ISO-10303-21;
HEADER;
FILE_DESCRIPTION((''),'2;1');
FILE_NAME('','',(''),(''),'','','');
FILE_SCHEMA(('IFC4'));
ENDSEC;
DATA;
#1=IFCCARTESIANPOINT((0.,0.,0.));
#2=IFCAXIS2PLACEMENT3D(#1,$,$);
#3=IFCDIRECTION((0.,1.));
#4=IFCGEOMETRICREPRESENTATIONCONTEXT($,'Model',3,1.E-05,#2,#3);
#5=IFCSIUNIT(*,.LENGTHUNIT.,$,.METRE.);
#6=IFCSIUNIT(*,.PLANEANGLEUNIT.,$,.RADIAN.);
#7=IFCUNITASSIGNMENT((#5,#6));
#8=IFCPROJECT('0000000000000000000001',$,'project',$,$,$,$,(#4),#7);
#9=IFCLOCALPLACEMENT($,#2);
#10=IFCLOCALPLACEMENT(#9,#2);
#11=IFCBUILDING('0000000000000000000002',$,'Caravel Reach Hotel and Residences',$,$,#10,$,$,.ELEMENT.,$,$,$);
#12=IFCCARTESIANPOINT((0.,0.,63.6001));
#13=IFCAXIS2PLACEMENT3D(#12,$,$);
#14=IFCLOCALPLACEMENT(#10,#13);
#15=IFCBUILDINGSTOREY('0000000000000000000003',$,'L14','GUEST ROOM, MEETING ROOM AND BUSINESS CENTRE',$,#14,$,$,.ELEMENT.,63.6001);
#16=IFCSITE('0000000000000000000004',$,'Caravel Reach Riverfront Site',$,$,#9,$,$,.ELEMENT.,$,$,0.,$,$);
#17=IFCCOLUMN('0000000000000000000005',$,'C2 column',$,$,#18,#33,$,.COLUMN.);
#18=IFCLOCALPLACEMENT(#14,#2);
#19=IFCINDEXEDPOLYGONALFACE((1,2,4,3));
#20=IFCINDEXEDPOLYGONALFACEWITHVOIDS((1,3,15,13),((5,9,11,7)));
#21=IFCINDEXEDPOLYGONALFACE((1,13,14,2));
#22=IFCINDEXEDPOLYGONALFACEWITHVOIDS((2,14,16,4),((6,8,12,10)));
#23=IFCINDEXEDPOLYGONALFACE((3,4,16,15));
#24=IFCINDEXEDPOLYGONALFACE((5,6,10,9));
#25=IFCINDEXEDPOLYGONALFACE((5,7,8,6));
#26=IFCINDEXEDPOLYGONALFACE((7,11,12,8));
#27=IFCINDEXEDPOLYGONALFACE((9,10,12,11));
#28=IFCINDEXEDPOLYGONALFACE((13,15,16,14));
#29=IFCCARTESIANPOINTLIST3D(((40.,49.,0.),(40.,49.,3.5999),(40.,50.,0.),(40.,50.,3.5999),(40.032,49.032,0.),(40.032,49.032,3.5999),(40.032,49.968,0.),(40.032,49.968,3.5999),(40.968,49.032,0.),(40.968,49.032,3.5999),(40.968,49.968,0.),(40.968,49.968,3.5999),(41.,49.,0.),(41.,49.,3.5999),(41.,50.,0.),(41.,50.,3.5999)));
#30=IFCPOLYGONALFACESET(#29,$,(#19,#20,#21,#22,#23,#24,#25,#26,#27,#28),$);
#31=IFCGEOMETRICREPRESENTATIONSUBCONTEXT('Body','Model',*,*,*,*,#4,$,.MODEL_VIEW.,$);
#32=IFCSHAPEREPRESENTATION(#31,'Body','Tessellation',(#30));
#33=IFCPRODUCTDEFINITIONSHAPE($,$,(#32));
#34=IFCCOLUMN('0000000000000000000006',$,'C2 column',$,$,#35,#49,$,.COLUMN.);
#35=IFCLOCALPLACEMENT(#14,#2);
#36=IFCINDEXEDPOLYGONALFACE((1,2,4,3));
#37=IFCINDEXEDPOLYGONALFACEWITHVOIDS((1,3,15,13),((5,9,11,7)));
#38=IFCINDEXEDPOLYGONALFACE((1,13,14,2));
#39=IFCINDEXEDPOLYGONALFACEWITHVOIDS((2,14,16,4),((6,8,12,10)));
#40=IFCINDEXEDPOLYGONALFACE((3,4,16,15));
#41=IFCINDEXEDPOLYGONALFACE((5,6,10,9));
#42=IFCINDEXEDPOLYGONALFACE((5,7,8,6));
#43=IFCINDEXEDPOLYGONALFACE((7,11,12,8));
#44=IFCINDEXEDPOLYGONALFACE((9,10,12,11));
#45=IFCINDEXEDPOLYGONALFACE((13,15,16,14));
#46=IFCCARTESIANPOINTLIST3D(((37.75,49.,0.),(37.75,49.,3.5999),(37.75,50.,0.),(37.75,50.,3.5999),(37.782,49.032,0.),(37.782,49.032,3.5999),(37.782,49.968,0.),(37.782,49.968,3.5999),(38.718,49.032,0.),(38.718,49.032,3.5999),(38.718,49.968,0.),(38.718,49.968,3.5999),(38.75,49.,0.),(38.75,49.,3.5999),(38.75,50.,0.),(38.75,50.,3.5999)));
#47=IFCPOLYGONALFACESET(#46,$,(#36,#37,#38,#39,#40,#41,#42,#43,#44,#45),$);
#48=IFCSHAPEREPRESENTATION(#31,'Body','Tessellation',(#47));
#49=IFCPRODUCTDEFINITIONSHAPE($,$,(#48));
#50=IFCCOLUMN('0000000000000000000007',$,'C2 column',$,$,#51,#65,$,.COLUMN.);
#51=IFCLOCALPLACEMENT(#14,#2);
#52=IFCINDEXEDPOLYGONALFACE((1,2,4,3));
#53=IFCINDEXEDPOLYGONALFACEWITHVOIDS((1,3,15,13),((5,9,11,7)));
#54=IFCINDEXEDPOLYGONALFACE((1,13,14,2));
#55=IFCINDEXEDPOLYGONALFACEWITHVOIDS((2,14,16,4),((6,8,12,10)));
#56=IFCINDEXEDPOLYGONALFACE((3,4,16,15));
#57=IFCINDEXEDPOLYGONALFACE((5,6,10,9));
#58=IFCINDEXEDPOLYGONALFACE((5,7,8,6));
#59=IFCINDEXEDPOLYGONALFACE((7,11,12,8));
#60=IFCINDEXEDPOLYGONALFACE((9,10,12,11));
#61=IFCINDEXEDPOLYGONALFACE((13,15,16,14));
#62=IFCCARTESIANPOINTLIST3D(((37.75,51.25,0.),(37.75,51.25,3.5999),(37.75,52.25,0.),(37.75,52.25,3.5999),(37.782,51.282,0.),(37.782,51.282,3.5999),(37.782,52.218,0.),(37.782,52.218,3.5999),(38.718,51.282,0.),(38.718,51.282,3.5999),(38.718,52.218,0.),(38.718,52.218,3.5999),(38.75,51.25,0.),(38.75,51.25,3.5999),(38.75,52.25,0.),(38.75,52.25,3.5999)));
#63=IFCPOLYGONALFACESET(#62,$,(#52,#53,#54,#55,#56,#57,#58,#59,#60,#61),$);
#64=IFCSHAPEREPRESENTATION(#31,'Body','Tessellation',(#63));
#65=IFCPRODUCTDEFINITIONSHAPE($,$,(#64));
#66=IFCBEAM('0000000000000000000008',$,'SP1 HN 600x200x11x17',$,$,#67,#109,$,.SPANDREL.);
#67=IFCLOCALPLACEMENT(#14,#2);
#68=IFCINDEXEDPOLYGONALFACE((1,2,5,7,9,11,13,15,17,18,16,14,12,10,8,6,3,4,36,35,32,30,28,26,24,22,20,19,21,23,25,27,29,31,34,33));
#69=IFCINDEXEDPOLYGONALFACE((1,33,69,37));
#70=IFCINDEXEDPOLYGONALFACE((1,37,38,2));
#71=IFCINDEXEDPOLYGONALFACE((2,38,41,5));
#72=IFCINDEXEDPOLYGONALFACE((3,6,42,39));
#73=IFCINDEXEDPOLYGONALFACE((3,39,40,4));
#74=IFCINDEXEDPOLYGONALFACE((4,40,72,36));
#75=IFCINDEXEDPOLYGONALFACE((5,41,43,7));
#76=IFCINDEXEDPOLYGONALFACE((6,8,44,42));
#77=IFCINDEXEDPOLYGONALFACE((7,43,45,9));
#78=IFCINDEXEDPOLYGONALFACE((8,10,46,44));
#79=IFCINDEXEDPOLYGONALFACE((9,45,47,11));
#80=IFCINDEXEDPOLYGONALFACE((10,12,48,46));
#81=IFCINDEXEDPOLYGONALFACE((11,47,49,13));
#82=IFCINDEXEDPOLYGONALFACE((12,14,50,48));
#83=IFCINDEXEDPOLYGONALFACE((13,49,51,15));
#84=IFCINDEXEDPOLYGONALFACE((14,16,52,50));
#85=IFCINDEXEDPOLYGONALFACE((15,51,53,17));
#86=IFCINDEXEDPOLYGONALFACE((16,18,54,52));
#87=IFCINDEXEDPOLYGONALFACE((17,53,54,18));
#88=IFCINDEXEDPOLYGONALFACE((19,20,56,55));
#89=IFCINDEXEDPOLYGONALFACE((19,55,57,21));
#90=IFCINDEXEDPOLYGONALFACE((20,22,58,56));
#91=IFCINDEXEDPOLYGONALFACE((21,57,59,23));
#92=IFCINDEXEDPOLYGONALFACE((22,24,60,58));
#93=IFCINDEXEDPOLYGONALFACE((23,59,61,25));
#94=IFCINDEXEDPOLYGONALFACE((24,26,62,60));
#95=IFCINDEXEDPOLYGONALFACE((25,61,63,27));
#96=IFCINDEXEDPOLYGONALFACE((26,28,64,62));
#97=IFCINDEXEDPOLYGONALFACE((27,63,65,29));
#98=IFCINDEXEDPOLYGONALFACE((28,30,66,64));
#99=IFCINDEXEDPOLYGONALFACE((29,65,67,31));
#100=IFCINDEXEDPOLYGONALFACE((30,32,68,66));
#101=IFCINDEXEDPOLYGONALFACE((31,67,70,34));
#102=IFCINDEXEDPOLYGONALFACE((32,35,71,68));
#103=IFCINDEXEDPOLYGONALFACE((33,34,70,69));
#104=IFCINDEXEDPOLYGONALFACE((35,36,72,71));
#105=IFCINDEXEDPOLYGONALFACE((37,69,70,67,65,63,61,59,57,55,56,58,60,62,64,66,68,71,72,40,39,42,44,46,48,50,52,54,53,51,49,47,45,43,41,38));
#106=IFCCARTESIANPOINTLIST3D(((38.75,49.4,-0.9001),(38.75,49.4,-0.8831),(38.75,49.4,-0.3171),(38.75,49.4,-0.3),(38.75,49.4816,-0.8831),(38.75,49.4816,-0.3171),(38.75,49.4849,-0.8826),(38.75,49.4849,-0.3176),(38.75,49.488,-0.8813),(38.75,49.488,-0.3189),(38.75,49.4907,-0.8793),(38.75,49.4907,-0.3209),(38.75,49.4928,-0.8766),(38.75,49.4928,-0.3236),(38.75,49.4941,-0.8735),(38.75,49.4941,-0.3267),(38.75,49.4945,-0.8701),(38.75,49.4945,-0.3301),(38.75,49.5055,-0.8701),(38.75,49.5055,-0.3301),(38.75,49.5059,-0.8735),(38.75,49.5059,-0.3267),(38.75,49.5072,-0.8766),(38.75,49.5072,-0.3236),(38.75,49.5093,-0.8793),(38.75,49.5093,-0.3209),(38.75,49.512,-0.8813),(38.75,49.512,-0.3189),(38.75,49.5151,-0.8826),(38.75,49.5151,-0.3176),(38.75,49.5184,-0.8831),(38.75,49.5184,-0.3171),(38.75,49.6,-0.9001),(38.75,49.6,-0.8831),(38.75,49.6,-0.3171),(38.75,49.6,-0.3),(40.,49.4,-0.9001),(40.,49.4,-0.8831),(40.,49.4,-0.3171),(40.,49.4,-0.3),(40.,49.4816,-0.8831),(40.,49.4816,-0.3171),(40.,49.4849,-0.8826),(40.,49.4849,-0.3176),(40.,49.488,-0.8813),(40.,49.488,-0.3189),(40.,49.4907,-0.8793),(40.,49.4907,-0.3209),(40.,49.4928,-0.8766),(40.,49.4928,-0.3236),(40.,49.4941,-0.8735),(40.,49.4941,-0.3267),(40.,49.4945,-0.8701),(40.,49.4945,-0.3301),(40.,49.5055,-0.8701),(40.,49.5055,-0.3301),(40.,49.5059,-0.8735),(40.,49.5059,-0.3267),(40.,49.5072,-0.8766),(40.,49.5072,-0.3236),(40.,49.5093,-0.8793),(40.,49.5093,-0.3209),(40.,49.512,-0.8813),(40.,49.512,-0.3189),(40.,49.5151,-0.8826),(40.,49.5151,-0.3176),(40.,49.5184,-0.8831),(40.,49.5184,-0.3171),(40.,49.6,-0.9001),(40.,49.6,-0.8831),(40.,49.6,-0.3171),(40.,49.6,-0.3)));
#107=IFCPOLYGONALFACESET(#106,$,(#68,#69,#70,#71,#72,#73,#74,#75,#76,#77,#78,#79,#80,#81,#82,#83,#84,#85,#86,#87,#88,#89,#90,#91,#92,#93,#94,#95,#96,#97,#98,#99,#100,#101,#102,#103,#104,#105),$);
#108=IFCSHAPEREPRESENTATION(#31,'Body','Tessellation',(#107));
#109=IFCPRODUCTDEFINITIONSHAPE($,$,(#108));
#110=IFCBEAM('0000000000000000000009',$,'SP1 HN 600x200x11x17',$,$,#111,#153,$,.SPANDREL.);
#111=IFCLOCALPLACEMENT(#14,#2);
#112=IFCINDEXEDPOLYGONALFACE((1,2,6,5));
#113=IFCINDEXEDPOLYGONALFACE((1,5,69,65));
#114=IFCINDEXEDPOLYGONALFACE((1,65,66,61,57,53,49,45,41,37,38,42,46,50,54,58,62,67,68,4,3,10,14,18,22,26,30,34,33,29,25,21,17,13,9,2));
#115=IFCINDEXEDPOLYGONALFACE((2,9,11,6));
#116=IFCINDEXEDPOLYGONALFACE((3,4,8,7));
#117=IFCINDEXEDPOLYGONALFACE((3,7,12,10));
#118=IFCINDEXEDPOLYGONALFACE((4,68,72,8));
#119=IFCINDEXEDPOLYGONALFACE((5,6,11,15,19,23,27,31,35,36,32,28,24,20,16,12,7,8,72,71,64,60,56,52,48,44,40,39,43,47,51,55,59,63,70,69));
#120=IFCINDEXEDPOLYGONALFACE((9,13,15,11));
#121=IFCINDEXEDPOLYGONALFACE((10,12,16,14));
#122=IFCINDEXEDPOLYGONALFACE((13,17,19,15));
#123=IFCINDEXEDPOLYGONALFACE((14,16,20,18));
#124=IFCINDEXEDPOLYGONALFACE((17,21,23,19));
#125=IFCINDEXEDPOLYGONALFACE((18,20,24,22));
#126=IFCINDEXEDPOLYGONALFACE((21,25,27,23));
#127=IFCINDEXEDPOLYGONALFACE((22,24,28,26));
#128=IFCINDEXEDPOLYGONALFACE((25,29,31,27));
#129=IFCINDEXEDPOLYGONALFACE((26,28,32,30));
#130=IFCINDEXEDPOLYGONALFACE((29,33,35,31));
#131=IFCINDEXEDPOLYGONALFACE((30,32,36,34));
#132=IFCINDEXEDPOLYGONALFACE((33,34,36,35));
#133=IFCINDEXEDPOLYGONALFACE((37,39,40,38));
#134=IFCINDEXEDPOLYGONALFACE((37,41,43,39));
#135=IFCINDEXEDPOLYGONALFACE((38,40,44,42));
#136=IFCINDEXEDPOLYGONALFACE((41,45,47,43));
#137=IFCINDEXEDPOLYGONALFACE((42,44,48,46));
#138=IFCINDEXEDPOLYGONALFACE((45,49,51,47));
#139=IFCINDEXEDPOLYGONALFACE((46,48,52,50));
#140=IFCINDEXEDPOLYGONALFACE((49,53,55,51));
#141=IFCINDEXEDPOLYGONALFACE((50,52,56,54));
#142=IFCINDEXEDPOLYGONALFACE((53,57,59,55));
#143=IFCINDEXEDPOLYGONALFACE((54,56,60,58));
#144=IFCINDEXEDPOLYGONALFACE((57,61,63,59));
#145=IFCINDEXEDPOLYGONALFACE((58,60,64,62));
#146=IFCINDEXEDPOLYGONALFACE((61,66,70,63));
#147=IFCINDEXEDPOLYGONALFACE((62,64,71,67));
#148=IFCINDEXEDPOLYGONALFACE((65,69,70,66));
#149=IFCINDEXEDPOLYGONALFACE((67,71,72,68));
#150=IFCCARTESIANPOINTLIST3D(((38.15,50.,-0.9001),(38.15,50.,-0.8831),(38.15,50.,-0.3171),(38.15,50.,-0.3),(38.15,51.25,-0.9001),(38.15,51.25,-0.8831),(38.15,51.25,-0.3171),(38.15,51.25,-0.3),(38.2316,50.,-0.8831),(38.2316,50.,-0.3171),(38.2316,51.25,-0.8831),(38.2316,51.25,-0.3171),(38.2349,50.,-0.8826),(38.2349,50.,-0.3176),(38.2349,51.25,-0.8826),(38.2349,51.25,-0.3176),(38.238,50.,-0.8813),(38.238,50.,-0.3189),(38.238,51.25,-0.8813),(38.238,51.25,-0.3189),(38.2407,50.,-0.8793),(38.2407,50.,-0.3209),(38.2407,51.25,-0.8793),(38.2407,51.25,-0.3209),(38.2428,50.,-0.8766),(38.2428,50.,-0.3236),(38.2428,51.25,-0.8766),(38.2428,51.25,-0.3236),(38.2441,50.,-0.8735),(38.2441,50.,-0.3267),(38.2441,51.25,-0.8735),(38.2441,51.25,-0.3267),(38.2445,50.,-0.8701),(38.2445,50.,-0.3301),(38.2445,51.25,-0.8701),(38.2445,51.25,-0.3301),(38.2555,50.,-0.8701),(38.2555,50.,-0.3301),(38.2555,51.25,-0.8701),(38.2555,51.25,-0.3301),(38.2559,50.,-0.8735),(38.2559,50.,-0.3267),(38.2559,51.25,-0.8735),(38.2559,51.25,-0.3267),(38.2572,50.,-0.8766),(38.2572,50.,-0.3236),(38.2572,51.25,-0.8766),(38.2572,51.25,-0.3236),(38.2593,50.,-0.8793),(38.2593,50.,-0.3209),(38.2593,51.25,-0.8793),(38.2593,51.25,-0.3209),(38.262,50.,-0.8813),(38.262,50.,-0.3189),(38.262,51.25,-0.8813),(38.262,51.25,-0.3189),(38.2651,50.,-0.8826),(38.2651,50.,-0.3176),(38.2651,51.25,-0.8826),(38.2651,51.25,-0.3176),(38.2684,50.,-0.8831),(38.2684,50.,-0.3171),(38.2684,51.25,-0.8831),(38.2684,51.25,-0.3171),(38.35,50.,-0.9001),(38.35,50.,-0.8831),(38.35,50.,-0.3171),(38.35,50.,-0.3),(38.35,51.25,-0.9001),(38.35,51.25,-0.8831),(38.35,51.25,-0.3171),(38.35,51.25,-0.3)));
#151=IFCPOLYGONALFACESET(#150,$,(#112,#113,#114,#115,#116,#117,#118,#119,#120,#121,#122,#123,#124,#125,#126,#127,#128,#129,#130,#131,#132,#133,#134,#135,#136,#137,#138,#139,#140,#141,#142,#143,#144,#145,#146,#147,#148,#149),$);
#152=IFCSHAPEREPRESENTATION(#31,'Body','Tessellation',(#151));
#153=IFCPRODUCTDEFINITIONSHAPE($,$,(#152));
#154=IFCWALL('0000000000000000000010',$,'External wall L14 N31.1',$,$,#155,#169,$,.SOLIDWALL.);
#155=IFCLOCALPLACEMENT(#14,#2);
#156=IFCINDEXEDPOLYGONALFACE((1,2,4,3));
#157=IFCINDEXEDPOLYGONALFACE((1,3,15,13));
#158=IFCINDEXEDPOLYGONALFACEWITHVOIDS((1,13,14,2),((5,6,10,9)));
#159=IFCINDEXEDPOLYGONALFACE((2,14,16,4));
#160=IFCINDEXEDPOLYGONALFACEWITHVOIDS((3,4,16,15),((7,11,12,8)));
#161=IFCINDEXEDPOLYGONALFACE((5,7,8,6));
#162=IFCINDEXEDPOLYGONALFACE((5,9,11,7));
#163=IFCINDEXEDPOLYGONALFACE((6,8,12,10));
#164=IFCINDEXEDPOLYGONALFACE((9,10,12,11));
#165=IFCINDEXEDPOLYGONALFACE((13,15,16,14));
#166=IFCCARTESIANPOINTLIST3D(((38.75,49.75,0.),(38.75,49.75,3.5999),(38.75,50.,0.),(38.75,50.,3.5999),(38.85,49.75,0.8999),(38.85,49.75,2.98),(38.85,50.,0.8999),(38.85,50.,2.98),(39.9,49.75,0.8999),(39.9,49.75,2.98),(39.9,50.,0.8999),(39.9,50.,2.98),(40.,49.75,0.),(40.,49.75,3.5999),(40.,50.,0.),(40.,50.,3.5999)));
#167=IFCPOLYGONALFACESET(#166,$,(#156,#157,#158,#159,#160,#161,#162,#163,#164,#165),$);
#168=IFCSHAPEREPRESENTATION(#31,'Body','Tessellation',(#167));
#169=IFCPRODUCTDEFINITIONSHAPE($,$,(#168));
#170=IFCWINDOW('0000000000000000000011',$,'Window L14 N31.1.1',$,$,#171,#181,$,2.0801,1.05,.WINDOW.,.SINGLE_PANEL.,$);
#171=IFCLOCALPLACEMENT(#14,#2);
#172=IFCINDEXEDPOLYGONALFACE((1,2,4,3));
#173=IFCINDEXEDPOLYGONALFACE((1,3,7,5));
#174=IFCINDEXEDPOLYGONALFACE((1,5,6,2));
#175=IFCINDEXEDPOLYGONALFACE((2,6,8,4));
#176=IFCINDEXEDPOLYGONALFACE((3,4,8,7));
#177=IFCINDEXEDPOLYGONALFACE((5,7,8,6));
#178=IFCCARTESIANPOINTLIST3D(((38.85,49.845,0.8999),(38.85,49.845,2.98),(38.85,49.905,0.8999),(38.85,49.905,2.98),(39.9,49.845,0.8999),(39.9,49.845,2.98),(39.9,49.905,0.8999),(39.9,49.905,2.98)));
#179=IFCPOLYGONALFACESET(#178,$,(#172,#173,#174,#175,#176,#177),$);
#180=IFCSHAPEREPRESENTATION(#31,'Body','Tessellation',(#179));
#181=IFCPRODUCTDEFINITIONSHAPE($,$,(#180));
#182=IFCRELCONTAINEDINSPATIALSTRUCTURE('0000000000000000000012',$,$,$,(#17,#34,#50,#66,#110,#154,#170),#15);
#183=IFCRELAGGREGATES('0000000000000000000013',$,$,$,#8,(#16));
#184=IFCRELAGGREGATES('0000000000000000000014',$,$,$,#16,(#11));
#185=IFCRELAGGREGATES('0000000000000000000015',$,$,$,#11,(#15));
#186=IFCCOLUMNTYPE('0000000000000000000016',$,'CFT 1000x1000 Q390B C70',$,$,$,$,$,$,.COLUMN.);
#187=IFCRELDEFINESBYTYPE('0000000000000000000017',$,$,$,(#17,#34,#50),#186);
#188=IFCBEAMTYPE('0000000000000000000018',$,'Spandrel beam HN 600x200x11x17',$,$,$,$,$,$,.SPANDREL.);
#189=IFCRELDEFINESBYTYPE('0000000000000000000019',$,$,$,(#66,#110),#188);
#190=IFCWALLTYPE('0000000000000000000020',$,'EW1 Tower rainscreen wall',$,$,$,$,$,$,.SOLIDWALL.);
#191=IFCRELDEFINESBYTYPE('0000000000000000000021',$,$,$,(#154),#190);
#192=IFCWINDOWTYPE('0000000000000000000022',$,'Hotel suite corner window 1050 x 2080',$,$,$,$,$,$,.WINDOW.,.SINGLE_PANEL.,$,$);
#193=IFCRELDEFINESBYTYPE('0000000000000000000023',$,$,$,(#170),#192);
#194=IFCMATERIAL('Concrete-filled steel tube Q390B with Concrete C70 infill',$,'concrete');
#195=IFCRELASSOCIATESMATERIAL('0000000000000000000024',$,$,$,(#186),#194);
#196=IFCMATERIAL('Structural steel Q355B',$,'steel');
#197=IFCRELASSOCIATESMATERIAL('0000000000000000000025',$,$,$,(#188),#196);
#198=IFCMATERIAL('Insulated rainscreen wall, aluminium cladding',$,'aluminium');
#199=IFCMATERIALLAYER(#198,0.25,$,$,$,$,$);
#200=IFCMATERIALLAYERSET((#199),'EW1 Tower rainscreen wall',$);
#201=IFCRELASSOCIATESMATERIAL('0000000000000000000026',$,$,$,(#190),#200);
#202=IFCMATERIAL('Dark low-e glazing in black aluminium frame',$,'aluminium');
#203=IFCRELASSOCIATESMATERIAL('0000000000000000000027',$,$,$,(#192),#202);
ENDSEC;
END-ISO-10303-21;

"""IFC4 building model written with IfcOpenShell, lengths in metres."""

from ifc_helpers import new_model, si_unit, direction, frame, frame_2d, origin, origin_2d, place, context, subcontext, project, spatial, rectangle, hollow_rectangle, i_section, extrude, material, layer, layer_set, material_profile, profile_set, type_object, element, fill, save


model = new_model("IFC4")

# Units and contexts
model_context = context("Model", 3, precision=1e-05, world=origin(), true_north=direction((0.0, 1.0)))
body_context = subcontext(model_context, "Body", "Model", "MODEL_VIEW")
ifc_project = project(units=[si_unit("LENGTHUNIT", "METRE"), si_unit("PLANEANGLEUNIT", "RADIAN")], contexts=[model_context])

# Site, building, storey
site_placement = place(None, origin())
site = spatial("IfcSite", under=ifc_project, at=site_placement, Name="Caravel Reach Riverfront Site", CompositionType="ELEMENT", RefElevation=0.0)
building_placement = place(site_placement, origin())
building = spatial("IfcBuilding", under=site, at=building_placement, Name="Caravel Reach Hotel and Residences", CompositionType="ELEMENT")
storey_placement = place(building_placement, frame((0.0, 0.0, 63.6001)))
storey = spatial("IfcBuildingStorey", under=building, at=storey_placement, Name="L14", Description="GUEST ROOM, MEETING ROOM AND BUSINESS CENTRE", CompositionType="ELEMENT", Elevation=63.6001)

# Columns
ifc_material_1 = material(Name="Concrete-filled steel tube Q390B with Concrete C70 infill", Category="concrete")
ifc_material_profile_1 = material_profile(ifc_material_1, hollow_rectangle(XDim=1.0, YDim=1.0, WallThickness=0.032, at=origin_2d()), Name="RHS 1000x1000x32")
ifc_profile_set_1 = profile_set([ifc_material_profile_1], Name="Concrete-filled steel tube Q390B with Concrete C70 infill")
column_type = type_object("IfcColumnType", Name="CFT 1000x1000 Q390B C70", PredefinedType="COLUMN", material=ifc_profile_set_1)
for number, where, z_axis, x_axis, name in (
    (1, (40.5, 49.5, 0.0), (0.0, 0.0, 1.0), (1.0, 0.0, 0.0), "C2 column"),
    (2, (38.25, 49.5, 0.0), (0.0, 0.0, 1.0), (1.0, 0.0, 0.0), "C2 column"),
    (3, (38.25, 51.75, 0.0), (0.0, 0.0, 1.0), (1.0, 0.0, 0.0), "C2 column"),
):
    element("IfcColumn", number, at=place(storey_placement, frame(where, z_axis=z_axis, x_axis=x_axis)), inside=storey, type_object=column_type, Name=name, PredefinedType="COLUMN", context=body_context, shape_type="SweptSolid", body=[
        extrude(hollow_rectangle(XDim=1.0, YDim=1.0, WallThickness=0.032, at=origin_2d()), origin(), (0.0, 0.0, 1.0), 3.5999),
    ])

# Beams
ifc_material_2 = material(Name="Structural steel Q355B", Category="steel")
ifc_material_profile_2 = material_profile(ifc_material_2, i_section(OverallWidth=0.2, OverallDepth=0.6001, WebThickness=0.011, FlangeThickness=0.0171, FilletRadius=0.0129, at=origin_2d()), Name="HN 600x200x11x17")
ifc_profile_set_2 = profile_set([ifc_material_profile_2], Name="Structural steel Q355B")
beam_type = type_object("IfcBeamType", Name="Spandrel beam HN 600x200x11x17", PredefinedType="SPANDREL", material=ifc_profile_set_2)
for number, where, z_axis, x_axis, name in (
    (4, (40.0, 49.5, -0.6001), (-1.0, 0.0, 0.0), (0.0, -1.0, 0.0), "SP1 HN 600x200x11x17"),
    (5, (38.25, 50.0, -0.6001), (0.0, 1.0, 0.0), (-1.0, 0.0, 0.0), "SP1 HN 600x200x11x17"),
):
    element("IfcBeam", number, at=place(storey_placement, frame(where, z_axis=z_axis, x_axis=x_axis)), inside=storey, type_object=beam_type, Name=name, PredefinedType="SPANDREL", context=body_context, shape_type="SweptSolid", body=[
        extrude(i_section(OverallWidth=0.2, OverallDepth=0.6001, WebThickness=0.011, FlangeThickness=0.0171, FilletRadius=0.0129, at=origin_2d()), origin(), (0.0, 0.0, 1.0), 1.25),
    ])

# Wall, opening, window
ifc_material_3 = material(Name="Insulated rainscreen wall, aluminium cladding", Category="aluminium")
ifc_layer = layer(ifc_material_3, 0.25)
ifc_layer_set = layer_set([ifc_layer], Name="EW1 Tower rainscreen wall")
wall_type = type_object("IfcWallType", Name="EW1 Tower rainscreen wall", PredefinedType="SOLIDWALL", material=ifc_layer_set)
wall_1_placement = place(storey_placement, frame((40.0, 49.875, 0.0), z_axis=(0.0, 0.0, 1.0), x_axis=(-1.0, 0.0, 0.0)))
wall_1 = element("IfcWall", 6, at=wall_1_placement, inside=storey, type_object=wall_type, Name="External wall L14 N31.1", PredefinedType="SOLIDWALL", context=body_context, shape_type="SweptSolid", body=[
    extrude(rectangle(XDim=1.25, YDim=0.25, at=frame_2d((0.625, 0.0))), origin(), (0.0, 0.0, 1.0), 3.5999),
])
opening_1_placement = place(wall_1_placement, frame((0.1001, 0.0, 0.8999)))
opening_1 = element("IfcOpeningElement", 7, at=opening_1_placement, cuts=wall_1, PredefinedType="OPENING", context=body_context, shape_type="SweptSolid", body=[
    extrude(rectangle(XDim=1.05, YDim=2.0801, at=frame_2d((0.5249, 1.04))), frame((0.0, 0.135, 0.0), z_axis=(0.0, -1.0, 0.0), x_axis=(1.0, 0.0, 0.0)), (0.0, 0.0, 1.0), 0.27),
])
ifc_material_4 = material(Name="Dark low-e glazing in black aluminium frame", Category="aluminium")
window_type = type_object("IfcWindowType", Name="Hotel suite corner window 1050 x 2080", PartitioningType="SINGLE_PANEL", PredefinedType="WINDOW", material=ifc_material_4)
window_1_placement = place(opening_1_placement, origin())
window_1 = element("IfcWindow", 8, at=window_1_placement, inside=storey, type_object=window_type, Name="Window L14 N31.1.1", OverallHeight=2.0801, OverallWidth=1.05, PartitioningType="SINGLE_PANEL", PredefinedType="WINDOW", context=body_context, shape_type="SweptSolid", body=[
    extrude(rectangle(XDim=1.05, YDim=2.0801, at=frame_2d((0.5249, 1.04))), frame((0.0, 0.03, 0.0), z_axis=(0.0, -1.0, 0.0), x_axis=(1.0, 0.0, 0.0)), (0.0, 0.0, 1.0), 0.0601),
])
fill(opening_1, window_1)

save(model, "model.ifc")
